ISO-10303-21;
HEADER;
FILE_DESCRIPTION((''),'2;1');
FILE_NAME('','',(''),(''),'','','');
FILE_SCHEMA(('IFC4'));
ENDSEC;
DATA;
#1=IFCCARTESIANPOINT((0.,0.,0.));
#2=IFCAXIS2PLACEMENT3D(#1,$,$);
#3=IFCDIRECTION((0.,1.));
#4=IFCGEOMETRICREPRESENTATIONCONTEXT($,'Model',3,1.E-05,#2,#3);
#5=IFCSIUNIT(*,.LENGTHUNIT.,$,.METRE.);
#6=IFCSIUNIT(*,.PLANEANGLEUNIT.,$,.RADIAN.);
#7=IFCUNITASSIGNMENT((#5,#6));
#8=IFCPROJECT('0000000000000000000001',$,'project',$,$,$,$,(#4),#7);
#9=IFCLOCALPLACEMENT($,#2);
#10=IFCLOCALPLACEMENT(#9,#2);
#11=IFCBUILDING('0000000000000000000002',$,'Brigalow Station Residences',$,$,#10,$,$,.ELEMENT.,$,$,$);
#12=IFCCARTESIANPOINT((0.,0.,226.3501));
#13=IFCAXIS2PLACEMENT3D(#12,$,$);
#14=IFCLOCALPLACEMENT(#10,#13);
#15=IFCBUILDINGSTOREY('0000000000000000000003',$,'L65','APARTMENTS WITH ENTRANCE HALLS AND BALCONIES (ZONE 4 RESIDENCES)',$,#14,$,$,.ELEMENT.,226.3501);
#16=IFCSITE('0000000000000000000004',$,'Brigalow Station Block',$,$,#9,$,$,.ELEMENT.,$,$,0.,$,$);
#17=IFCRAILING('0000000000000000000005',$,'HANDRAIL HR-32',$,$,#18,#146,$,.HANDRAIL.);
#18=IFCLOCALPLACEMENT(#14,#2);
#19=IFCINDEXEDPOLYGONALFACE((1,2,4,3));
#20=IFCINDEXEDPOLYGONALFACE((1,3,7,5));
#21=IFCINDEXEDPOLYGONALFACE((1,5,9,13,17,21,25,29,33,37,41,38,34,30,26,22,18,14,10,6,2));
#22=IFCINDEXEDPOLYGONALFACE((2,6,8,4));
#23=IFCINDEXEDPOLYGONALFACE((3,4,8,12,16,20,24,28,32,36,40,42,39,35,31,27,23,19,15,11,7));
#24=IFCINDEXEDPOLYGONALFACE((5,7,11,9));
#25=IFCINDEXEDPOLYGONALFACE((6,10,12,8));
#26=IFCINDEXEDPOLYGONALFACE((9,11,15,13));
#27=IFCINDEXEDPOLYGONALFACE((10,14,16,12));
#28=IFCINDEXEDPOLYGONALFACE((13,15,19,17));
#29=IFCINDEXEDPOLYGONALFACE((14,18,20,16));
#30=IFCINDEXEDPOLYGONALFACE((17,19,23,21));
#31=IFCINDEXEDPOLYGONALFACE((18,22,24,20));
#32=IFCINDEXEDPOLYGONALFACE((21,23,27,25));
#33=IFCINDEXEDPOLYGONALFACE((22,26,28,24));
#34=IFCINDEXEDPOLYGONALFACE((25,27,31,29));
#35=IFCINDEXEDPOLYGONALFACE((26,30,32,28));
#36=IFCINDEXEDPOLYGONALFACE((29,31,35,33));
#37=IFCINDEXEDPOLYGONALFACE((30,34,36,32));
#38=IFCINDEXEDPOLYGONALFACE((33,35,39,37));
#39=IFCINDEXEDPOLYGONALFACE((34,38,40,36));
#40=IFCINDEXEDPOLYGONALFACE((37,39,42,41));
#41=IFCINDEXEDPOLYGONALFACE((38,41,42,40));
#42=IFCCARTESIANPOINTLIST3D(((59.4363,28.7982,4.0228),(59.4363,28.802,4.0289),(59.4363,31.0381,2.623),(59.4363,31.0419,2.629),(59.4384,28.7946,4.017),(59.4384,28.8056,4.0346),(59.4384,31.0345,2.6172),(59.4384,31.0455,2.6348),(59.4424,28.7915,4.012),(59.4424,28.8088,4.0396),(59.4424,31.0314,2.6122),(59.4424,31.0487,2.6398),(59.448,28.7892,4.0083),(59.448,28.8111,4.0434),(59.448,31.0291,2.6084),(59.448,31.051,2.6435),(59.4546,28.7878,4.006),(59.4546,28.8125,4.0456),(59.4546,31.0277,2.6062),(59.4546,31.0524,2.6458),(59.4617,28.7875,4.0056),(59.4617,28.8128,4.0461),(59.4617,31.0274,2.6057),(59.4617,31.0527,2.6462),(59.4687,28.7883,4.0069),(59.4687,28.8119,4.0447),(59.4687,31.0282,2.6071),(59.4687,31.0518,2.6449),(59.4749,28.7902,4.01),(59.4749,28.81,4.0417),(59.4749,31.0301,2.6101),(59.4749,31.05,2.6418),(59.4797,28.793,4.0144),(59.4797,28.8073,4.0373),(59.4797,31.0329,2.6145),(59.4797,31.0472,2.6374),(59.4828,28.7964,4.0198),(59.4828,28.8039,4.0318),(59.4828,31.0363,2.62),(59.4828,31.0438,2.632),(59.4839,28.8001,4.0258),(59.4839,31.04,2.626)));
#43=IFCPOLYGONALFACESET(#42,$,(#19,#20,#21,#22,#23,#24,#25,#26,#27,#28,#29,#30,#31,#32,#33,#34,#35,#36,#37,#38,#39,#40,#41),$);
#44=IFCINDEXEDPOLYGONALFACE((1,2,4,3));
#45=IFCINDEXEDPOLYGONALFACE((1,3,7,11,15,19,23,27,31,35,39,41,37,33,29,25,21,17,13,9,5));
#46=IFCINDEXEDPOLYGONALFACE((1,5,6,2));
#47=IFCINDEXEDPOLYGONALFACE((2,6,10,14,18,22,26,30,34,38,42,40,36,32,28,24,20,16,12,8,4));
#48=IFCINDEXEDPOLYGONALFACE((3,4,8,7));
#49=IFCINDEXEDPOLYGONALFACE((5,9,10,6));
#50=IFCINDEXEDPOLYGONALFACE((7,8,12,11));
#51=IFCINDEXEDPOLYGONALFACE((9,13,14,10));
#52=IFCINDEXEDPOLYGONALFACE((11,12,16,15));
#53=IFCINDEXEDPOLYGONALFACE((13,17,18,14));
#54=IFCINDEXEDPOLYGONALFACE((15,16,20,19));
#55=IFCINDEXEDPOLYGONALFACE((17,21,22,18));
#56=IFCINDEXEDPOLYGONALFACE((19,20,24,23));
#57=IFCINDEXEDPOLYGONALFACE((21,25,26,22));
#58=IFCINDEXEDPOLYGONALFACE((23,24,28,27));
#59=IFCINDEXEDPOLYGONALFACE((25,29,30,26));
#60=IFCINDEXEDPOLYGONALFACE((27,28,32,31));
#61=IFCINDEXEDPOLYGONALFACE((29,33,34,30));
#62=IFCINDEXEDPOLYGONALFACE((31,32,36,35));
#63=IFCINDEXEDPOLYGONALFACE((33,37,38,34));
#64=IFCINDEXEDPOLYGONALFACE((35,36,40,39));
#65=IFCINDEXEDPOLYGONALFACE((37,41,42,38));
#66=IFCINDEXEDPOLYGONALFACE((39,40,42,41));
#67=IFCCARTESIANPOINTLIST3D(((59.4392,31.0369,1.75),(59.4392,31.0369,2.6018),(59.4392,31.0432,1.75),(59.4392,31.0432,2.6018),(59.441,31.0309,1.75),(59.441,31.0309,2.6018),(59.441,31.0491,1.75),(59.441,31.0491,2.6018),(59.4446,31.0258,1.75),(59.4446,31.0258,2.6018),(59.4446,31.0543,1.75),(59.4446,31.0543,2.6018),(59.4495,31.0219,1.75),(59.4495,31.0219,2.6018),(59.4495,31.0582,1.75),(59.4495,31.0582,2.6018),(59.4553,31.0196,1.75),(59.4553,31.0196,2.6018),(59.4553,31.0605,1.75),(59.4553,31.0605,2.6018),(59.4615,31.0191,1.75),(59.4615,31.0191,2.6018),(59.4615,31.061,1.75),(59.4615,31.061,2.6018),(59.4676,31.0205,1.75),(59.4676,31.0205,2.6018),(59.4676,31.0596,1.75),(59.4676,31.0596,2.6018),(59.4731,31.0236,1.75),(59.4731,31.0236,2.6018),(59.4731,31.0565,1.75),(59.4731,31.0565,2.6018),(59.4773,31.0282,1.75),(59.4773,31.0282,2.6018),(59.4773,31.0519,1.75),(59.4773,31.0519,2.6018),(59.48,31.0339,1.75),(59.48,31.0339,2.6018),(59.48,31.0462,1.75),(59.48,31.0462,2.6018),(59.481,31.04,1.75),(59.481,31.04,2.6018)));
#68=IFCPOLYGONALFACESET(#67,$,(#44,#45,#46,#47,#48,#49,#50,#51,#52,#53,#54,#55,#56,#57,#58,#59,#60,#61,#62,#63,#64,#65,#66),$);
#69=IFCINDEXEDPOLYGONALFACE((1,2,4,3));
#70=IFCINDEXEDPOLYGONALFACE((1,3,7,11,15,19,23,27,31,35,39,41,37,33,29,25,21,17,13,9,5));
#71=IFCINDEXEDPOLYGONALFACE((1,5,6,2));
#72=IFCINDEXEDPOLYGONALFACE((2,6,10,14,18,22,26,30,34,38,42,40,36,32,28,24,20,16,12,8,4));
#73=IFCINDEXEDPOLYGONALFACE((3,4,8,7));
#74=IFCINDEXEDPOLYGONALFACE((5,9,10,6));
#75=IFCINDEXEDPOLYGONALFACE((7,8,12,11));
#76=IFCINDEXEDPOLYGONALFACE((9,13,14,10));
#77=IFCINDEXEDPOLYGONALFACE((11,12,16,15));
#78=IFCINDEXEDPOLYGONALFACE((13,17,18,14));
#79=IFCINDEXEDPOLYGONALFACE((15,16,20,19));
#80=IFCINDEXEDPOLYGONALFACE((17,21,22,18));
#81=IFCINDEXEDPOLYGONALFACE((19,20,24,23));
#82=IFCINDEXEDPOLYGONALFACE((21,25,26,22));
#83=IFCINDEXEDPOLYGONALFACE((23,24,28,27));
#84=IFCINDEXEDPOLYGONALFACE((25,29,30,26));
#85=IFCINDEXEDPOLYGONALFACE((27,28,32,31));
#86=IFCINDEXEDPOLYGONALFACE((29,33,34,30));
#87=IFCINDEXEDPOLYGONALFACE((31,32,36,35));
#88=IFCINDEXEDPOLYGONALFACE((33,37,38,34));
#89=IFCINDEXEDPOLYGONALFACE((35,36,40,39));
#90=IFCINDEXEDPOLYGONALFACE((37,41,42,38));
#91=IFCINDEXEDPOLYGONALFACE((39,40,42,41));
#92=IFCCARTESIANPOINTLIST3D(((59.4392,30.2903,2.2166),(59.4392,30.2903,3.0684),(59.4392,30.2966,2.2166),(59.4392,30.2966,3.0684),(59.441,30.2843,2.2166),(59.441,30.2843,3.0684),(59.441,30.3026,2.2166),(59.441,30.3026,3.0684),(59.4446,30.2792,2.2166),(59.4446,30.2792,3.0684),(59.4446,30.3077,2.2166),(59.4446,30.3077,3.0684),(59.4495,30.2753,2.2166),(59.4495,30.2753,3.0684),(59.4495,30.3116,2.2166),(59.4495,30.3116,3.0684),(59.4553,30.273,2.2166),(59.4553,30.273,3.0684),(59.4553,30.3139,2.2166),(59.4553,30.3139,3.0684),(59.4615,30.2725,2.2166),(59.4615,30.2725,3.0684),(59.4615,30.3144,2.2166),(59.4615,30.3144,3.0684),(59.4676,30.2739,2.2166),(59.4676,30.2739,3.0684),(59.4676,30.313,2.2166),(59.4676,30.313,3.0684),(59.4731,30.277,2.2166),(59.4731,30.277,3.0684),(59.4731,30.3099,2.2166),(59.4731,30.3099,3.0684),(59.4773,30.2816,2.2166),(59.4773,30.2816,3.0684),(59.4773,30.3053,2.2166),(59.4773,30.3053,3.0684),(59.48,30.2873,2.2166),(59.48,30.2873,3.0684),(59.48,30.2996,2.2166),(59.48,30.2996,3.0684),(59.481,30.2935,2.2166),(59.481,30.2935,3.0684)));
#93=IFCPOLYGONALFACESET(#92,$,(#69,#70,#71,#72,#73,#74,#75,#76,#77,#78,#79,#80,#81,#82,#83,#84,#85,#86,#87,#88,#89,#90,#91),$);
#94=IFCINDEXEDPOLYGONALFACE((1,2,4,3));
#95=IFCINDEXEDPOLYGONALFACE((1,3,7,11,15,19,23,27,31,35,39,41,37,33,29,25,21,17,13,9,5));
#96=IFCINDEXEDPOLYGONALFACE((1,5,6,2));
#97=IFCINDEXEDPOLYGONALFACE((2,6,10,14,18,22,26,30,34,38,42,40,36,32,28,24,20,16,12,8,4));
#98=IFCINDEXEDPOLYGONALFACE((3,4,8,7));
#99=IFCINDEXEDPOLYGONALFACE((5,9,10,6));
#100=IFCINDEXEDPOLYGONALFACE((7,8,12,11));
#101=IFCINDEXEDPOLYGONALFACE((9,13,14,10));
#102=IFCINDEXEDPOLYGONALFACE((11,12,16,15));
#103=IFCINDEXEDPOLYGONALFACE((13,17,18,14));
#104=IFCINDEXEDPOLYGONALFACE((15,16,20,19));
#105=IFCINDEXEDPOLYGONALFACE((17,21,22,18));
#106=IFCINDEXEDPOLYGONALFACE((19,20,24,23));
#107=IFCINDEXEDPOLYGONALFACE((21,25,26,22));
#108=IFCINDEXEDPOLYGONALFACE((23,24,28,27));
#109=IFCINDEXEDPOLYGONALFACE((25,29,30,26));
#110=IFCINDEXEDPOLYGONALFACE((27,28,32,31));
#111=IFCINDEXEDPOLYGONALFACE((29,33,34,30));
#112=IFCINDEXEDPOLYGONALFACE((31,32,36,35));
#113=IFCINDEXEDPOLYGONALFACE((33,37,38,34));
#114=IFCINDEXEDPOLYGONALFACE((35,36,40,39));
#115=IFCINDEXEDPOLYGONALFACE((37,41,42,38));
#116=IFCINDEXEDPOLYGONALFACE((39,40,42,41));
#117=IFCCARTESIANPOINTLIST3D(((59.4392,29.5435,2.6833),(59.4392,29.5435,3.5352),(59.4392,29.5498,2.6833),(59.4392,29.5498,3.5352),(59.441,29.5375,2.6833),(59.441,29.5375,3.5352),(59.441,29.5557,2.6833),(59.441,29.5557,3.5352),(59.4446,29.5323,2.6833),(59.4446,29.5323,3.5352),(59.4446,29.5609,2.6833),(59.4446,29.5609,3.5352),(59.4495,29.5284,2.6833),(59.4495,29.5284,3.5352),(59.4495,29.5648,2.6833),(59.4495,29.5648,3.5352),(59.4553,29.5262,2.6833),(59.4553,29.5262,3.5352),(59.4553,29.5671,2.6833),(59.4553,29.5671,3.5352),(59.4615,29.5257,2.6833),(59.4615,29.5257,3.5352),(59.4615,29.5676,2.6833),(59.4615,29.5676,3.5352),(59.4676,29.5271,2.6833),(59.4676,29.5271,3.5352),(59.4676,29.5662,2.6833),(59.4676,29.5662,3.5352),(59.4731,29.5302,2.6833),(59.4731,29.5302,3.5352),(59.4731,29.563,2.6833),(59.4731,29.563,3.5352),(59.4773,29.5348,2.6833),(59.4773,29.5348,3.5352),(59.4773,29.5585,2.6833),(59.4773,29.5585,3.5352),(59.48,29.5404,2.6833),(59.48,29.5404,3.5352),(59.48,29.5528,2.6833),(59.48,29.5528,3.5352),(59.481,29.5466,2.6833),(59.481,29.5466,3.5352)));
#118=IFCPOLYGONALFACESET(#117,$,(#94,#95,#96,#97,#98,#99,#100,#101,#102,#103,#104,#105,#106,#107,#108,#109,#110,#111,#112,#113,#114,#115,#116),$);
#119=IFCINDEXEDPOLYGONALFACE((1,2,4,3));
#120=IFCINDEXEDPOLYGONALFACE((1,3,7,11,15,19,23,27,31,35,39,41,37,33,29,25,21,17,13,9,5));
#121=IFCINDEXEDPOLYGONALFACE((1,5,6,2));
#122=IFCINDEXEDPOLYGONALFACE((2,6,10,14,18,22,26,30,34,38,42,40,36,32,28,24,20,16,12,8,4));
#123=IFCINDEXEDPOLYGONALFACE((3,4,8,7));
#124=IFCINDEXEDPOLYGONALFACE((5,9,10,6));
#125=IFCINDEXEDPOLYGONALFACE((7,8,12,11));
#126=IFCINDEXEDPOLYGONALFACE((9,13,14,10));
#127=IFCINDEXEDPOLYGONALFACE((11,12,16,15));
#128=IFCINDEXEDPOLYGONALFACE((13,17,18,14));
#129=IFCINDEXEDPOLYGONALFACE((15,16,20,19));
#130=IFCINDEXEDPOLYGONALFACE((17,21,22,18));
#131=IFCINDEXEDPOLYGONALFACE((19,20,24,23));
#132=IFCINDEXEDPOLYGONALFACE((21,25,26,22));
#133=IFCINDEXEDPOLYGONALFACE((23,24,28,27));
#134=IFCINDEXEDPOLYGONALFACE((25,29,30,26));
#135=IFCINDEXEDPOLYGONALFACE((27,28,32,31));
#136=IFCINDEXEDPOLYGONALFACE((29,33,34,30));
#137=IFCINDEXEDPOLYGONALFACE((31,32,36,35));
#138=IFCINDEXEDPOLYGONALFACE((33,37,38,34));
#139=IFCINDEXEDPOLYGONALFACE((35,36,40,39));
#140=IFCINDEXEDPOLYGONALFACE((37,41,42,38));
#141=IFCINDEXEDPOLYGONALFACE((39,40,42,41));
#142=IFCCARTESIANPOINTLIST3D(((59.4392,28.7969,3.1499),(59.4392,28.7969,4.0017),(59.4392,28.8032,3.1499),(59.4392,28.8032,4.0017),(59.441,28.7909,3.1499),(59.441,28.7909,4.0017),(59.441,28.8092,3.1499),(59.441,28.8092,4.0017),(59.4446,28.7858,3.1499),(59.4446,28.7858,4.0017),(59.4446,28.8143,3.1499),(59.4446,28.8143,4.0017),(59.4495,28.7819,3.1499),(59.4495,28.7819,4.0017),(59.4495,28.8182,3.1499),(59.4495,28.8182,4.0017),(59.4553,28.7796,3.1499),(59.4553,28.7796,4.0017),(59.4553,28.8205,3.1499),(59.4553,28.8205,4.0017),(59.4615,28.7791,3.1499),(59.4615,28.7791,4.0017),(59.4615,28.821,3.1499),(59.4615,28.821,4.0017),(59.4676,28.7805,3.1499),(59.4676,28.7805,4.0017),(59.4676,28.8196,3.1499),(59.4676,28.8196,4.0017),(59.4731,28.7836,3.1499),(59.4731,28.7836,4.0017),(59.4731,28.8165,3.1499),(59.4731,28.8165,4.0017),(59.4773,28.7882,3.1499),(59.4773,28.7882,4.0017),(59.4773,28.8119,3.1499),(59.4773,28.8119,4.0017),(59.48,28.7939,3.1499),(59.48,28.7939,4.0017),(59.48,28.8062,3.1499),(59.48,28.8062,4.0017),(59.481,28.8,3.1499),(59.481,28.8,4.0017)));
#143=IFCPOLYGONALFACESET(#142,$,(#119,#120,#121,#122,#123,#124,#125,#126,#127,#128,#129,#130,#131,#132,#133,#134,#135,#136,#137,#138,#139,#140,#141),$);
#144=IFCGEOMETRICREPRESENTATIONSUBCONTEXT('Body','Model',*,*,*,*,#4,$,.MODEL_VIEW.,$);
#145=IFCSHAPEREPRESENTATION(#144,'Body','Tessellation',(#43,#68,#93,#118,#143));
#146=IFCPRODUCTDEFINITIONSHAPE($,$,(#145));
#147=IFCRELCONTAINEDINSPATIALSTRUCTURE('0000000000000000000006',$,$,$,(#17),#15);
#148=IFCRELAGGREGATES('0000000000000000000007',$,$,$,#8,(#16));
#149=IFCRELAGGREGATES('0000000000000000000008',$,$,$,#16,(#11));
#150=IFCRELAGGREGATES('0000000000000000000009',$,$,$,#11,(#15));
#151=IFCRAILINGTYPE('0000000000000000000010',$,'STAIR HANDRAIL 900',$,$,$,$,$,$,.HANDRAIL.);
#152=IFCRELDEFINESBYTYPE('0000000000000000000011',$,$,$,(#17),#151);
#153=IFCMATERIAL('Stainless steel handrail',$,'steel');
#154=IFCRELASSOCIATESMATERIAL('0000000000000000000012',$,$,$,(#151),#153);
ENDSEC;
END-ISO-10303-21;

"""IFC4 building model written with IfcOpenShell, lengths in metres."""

from ifc_helpers import new_model, si_unit, direction, frame, origin, origin_2d, place, context, subcontext, project, spatial, circle, extrude, material, type_object, element, save


model = new_model("IFC4")

# Units and contexts
model_context = context("Model", 3, precision=1e-05, world=origin(), true_north=direction((0.0, 1.0)))
body_context = subcontext(model_context, "Body", "Model", "MODEL_VIEW")
ifc_project = project(units=[si_unit("LENGTHUNIT", "METRE"), si_unit("PLANEANGLEUNIT", "RADIAN")], contexts=[model_context])

# Site, building, storey
site_placement = place(None, origin())
site = spatial("IfcSite", under=ifc_project, at=site_placement, Name="Brigalow Station Block", CompositionType="ELEMENT", RefElevation=0.0)
building_placement = place(site_placement, origin())
building = spatial("IfcBuilding", under=site, at=building_placement, Name="Brigalow Station Residences", CompositionType="ELEMENT")
storey_placement = place(building_placement, frame((0.0, 0.0, 226.3501)))
storey = spatial("IfcBuildingStorey", under=building, at=storey_placement, Name="L65", Description="APARTMENTS WITH ENTRANCE HALLS AND BALCONIES (ZONE 4 RESIDENCES)", CompositionType="ELEMENT", Elevation=226.3501)

# Railing
ifc_material_1 = material(Name="Stainless steel handrail", Category="steel")
railing_type_1 = type_object("IfcRailingType", Name="STAIR HANDRAIL 900", PredefinedType="HANDRAIL", material=ifc_material_1)
railing_1_placement = place(storey_placement, frame((59.46, 31.04, 1.75)))
element("IfcRailing", 1, at=railing_1_placement, inside=storey, type_object=railing_type_1, Name="HANDRAIL HR-32", PredefinedType="HANDRAIL", context=body_context, shape_type="SweptSolid", body=[
    extrude(circle(Radius=0.0239, at=origin_2d()), frame((0.0, 0.0, 0.876), z_axis=(0.0, -0.848014, 0.529974), x_axis=(1.0, 0.0, 0.0)), (0.0, 0.0, 1.0), 2.6414),
    extrude(circle(Radius=0.021, at=origin_2d()), origin(), (0.0, 0.0, 1.0), 0.8518),
    extrude(circle(Radius=0.021, at=origin_2d()), frame((0.0, -0.7466, 0.4666)), (0.0, 0.0, 1.0), 0.8518),
    extrude(circle(Radius=0.021, at=origin_2d()), frame((0.0, -1.4934, 0.9333)), (0.0, 0.0, 1.0), 0.8518),
    extrude(circle(Radius=0.021, at=origin_2d()), frame((0.0, -2.24, 1.3999)), (0.0, 0.0, 1.0), 0.8518),
])

save(model, "model.ifc")
